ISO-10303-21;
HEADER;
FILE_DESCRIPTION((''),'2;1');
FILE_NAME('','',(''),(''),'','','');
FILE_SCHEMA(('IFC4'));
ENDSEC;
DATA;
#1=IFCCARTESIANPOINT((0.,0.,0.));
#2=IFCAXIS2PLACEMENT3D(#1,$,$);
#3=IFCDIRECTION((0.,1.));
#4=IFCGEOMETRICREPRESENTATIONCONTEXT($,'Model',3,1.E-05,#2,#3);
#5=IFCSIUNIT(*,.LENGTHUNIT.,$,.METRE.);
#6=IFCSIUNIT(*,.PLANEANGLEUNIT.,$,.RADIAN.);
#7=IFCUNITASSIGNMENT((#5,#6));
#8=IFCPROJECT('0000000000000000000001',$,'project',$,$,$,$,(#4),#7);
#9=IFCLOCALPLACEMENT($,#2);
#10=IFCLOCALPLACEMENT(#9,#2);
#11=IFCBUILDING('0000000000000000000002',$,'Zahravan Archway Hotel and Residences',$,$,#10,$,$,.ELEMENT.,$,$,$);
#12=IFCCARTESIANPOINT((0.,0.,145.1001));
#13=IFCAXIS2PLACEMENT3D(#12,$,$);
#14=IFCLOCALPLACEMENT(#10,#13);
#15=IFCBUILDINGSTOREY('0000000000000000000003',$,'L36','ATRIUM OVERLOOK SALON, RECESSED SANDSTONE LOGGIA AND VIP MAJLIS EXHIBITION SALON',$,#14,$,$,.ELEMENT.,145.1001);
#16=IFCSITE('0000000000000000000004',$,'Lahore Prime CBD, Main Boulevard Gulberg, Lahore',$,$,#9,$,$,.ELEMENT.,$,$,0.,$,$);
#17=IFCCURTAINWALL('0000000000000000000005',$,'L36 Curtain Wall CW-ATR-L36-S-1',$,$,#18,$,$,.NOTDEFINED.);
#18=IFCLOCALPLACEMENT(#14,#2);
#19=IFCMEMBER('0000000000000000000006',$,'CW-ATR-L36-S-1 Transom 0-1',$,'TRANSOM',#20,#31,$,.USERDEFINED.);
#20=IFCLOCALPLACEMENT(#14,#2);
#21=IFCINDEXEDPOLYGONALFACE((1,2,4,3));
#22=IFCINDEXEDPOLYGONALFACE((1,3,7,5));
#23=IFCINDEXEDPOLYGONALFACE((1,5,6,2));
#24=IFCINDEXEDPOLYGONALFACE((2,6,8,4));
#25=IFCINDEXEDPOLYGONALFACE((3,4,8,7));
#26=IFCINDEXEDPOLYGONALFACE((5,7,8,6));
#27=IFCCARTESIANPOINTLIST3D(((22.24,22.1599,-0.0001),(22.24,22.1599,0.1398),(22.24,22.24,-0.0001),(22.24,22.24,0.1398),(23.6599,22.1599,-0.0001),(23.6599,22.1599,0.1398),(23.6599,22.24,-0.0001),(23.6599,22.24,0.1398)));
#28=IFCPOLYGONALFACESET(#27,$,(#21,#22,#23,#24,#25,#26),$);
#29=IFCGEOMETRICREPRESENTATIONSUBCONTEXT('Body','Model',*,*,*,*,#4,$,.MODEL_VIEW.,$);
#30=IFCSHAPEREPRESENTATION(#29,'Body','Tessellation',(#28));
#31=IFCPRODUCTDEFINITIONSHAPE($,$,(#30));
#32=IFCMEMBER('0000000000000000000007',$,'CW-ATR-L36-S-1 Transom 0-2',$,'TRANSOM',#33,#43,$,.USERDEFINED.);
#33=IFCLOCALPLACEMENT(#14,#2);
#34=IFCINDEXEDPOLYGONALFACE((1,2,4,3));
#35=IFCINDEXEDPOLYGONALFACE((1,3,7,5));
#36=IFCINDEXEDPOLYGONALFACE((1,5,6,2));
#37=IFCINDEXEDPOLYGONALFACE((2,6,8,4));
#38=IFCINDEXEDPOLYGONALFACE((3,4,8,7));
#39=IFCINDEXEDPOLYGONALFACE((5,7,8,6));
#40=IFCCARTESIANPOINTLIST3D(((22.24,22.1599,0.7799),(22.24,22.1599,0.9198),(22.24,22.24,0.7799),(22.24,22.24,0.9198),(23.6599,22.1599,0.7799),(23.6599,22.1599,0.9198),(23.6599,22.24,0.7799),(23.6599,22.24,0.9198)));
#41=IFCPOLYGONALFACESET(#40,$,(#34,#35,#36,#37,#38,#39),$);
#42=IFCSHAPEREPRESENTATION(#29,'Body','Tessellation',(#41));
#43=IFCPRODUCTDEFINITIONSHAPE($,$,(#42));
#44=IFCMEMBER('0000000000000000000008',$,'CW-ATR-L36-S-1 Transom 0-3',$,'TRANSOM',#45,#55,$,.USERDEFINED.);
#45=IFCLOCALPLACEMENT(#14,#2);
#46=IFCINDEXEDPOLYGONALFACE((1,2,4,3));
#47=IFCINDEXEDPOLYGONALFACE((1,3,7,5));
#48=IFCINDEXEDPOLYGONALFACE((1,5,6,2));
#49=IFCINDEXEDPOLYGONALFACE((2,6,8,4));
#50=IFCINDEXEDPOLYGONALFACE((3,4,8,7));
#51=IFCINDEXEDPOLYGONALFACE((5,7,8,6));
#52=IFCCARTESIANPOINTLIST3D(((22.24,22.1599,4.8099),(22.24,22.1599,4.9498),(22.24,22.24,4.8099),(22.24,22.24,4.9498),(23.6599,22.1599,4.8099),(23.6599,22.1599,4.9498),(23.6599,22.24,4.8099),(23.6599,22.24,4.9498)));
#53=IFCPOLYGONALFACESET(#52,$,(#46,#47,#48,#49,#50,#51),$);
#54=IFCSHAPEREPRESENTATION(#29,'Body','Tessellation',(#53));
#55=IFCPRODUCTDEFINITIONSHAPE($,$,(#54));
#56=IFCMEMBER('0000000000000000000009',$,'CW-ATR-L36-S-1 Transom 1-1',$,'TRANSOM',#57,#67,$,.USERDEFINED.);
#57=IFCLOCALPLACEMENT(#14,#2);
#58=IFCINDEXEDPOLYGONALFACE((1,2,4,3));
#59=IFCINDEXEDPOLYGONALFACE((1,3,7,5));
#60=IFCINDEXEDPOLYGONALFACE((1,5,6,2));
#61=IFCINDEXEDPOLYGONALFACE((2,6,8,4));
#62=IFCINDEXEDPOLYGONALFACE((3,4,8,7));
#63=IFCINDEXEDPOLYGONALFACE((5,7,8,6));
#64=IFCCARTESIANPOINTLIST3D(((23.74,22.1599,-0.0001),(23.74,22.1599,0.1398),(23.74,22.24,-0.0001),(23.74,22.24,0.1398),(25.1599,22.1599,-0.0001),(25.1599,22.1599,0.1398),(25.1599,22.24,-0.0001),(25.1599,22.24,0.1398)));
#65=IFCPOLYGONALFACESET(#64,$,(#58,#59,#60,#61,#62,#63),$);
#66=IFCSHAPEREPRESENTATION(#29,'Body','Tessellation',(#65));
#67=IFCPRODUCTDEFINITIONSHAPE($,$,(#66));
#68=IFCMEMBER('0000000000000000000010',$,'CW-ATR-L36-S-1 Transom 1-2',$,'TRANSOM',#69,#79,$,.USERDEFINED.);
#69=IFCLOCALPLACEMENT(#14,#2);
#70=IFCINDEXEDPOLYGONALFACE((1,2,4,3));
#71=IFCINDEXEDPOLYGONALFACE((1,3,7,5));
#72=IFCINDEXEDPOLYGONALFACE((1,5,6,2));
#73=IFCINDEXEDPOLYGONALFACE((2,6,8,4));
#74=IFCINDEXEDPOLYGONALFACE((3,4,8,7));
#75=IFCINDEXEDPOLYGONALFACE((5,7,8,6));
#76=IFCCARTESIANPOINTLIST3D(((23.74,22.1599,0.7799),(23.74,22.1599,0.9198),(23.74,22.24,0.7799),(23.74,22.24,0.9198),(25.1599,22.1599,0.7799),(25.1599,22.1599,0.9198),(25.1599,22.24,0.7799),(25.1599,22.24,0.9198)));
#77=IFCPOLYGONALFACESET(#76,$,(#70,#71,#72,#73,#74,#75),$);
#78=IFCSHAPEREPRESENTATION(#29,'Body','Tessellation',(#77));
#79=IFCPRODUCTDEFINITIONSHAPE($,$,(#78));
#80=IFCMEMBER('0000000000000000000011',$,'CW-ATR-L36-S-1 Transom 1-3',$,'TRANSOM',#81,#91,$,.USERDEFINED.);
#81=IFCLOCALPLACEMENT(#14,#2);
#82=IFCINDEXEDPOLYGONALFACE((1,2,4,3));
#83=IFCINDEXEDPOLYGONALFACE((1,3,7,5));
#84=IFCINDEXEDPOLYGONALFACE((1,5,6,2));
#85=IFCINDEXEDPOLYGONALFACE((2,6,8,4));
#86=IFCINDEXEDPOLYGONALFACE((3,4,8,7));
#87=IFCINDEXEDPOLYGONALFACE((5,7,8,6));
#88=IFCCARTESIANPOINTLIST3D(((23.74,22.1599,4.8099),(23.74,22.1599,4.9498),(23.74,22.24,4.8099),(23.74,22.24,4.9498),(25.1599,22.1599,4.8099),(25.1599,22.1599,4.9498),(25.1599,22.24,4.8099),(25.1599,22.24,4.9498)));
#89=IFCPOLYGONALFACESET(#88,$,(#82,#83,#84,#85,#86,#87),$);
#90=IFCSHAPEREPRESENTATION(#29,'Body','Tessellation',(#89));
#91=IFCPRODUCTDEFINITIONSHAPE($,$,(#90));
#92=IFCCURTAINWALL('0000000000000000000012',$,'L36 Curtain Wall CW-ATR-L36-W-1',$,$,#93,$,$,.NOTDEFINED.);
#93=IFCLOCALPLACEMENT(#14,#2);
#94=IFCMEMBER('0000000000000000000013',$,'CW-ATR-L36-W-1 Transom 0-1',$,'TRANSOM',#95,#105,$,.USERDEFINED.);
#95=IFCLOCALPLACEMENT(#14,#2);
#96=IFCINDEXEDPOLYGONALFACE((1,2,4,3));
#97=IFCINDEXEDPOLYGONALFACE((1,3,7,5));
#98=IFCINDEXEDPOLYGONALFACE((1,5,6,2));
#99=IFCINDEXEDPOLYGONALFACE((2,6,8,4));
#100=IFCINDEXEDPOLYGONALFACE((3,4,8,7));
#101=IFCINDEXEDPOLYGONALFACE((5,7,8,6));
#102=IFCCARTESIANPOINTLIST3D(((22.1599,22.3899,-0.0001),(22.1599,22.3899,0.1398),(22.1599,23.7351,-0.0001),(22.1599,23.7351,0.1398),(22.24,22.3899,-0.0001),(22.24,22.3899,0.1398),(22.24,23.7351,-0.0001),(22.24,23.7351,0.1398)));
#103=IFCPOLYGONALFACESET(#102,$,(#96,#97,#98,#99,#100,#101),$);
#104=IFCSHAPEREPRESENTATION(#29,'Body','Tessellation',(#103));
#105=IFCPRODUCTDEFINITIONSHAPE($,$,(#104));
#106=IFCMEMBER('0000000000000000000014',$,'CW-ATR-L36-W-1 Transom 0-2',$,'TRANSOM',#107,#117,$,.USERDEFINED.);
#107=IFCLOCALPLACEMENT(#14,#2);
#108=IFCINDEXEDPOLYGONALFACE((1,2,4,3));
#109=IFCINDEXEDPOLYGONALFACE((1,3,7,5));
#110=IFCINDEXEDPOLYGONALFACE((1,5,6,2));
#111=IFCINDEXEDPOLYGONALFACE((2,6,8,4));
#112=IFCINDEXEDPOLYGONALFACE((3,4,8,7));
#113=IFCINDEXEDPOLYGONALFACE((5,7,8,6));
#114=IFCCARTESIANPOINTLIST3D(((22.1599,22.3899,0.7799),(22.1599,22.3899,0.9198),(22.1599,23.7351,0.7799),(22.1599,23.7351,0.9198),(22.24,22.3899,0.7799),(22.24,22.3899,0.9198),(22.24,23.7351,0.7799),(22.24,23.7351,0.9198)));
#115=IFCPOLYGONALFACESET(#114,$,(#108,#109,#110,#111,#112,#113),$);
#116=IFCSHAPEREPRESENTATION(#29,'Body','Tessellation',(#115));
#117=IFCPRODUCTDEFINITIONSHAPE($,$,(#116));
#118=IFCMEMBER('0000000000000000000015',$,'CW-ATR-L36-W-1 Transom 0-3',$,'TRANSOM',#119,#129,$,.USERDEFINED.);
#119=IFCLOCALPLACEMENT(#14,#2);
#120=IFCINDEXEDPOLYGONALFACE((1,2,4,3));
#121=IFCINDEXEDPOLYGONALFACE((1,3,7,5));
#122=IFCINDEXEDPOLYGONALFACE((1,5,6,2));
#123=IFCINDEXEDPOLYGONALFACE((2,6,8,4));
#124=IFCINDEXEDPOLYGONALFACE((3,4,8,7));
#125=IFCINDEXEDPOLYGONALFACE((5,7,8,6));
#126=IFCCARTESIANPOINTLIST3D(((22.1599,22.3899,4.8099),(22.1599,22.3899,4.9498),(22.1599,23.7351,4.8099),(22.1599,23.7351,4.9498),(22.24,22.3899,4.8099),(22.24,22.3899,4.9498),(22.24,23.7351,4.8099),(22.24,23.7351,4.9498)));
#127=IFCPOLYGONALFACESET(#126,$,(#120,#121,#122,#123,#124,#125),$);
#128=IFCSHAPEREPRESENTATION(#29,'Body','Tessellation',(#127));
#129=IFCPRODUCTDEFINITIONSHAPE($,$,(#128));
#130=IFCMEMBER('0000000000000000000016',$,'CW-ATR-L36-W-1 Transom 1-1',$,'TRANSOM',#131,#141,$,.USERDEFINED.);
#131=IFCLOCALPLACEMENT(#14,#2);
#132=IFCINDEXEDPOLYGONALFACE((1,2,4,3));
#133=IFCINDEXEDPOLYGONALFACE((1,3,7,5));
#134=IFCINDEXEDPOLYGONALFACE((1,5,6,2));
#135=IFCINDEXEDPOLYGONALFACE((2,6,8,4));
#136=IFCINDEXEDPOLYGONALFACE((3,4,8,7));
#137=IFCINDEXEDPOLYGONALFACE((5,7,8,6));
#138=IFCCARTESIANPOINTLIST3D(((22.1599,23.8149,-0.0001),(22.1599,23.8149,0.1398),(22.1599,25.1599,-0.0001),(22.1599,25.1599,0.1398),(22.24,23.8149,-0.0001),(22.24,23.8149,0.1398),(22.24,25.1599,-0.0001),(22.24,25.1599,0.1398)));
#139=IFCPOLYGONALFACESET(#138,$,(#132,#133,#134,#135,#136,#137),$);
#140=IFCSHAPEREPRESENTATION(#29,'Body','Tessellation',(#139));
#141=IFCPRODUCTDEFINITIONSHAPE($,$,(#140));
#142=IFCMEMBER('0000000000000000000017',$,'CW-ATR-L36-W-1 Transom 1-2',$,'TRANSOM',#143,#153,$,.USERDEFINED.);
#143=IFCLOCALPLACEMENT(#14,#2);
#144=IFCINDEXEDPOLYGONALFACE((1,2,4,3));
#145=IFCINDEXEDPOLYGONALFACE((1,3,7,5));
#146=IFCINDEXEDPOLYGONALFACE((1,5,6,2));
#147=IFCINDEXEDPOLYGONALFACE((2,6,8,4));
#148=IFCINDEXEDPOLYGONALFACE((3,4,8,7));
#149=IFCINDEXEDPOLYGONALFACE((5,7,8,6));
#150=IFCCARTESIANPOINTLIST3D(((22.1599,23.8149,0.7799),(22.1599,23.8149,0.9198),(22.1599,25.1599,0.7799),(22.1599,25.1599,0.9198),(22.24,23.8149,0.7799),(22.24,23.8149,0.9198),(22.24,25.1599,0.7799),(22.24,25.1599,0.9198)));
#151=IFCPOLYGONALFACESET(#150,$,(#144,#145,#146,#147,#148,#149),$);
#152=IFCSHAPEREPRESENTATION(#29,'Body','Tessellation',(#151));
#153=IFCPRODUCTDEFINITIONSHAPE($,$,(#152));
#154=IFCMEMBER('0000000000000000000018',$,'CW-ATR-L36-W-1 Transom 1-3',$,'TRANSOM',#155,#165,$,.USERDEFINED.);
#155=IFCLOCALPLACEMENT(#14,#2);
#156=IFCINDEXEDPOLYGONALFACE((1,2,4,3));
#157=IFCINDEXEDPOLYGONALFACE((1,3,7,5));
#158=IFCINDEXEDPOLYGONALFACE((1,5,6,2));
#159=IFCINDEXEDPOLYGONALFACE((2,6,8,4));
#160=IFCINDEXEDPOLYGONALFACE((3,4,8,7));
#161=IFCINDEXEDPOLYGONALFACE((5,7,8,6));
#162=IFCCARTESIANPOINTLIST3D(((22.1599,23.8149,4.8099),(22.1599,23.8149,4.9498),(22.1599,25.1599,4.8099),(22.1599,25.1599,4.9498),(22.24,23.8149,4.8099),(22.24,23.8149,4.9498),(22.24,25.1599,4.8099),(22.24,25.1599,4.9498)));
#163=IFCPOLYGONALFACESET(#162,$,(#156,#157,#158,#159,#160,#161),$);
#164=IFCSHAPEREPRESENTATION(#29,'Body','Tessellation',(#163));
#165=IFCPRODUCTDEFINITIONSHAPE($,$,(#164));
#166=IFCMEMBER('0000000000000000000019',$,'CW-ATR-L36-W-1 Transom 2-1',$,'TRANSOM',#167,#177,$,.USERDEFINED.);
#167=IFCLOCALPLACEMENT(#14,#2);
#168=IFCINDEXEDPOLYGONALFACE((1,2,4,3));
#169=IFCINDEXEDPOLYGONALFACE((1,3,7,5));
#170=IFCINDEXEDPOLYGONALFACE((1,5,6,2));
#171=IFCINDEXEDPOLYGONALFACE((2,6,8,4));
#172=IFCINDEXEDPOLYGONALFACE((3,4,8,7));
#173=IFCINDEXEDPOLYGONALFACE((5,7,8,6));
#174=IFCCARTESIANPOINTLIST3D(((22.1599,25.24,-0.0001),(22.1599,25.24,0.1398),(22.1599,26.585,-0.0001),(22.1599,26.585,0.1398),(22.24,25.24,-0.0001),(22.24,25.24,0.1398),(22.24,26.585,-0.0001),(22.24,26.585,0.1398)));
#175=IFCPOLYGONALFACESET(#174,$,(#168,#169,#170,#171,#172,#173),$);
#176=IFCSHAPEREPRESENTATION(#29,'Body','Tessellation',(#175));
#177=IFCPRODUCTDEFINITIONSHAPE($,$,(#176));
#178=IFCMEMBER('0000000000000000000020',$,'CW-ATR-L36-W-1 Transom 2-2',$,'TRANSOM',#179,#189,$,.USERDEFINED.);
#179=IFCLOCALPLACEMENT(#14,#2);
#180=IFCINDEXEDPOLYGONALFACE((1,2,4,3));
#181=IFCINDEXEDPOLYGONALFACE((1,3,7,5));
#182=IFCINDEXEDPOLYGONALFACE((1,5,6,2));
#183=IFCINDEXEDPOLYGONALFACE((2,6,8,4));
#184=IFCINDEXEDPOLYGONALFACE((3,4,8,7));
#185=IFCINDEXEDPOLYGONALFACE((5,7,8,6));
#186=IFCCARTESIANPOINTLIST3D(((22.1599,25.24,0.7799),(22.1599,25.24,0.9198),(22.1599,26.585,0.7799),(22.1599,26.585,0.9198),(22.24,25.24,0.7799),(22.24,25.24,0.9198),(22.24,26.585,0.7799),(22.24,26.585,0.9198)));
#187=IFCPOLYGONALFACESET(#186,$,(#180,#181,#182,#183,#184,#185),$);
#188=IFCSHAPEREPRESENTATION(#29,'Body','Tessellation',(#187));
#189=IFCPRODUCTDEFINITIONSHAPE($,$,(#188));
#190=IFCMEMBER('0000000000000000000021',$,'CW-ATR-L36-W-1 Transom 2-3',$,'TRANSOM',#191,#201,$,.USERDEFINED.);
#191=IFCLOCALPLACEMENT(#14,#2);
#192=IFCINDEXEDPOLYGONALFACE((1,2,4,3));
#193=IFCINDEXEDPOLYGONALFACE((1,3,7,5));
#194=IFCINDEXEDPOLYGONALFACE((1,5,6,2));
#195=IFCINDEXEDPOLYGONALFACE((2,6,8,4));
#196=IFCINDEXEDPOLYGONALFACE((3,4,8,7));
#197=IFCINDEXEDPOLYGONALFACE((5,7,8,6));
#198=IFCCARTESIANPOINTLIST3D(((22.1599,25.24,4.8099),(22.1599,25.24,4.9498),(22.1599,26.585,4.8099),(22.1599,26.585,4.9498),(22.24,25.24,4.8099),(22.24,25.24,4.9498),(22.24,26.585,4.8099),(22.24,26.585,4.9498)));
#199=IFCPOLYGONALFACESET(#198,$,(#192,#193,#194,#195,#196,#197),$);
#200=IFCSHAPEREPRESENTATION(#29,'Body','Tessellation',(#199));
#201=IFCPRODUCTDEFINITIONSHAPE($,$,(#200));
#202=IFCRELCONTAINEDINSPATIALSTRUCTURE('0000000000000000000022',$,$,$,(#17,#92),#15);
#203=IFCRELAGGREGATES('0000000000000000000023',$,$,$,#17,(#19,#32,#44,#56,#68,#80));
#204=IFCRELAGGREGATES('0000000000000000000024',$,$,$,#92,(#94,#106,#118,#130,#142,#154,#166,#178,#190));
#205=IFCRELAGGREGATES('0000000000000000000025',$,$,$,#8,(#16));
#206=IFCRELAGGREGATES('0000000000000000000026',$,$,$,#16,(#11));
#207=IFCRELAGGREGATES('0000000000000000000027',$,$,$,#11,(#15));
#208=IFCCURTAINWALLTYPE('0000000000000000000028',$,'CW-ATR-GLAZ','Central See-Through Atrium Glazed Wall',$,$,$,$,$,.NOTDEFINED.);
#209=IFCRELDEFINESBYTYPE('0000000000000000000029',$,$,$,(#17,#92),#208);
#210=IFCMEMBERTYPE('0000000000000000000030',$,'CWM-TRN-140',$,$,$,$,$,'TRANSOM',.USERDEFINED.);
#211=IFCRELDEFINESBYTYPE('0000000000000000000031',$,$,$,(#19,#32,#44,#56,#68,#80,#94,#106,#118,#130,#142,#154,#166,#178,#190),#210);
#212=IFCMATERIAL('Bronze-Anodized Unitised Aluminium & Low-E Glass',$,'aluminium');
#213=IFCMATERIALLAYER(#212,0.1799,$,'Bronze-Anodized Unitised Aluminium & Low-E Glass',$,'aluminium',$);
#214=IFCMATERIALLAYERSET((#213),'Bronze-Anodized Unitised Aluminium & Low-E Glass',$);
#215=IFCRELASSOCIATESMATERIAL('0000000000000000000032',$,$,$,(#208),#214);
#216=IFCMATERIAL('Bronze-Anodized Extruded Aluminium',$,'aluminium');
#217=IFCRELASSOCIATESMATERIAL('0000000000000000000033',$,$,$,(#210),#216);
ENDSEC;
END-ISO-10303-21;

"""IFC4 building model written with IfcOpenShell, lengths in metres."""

from ifc_helpers import new_model, si_unit, direction, frame, origin, origin_2d, place, context, subcontext, project, spatial, rectangle, extrude, source, transform, mapped, material, layer, layer_set, material_profile, profile_set, type_object, element, aggregate, save


model = new_model("IFC4")

# Units and contexts
model_context = context("Model", 3, precision=1e-05, world=origin(), true_north=direction((0.0, 1.0)))
body_context = subcontext(model_context, "Body", "Model", "MODEL_VIEW")
ifc_project = project(units=[si_unit("LENGTHUNIT", "METRE"), si_unit("PLANEANGLEUNIT", "RADIAN")], contexts=[model_context])

# Site, building, storey
site_placement = place(None, origin())
site = spatial("IfcSite", under=ifc_project, at=site_placement, Name="Lahore Prime CBD, Main Boulevard Gulberg, Lahore", CompositionType="ELEMENT", RefElevation=0.0)
building_placement = place(site_placement, origin())
building = spatial("IfcBuilding", under=site, at=building_placement, Name="Zahravan Archway Hotel and Residences", CompositionType="ELEMENT")
storey_placement = place(building_placement, frame((0.0, 0.0, 145.1001)))
storey = spatial("IfcBuildingStorey", under=building, at=storey_placement, Name="L36", Description="ATRIUM OVERLOOK SALON, RECESSED SANDSTONE LOGGIA AND VIP MAJLIS EXHIBITION SALON", CompositionType="ELEMENT", Elevation=145.1001)

# Curtain walls, members
ifc_material_1 = material(Name="Bronze-Anodized Unitised Aluminium & Low-E Glass", Category="aluminium")
ifc_layer_1 = layer(ifc_material_1, 0.1799, Name="Bronze-Anodized Unitised Aluminium & Low-E Glass", Category="aluminium")
ifc_layer_set_1 = layer_set([ifc_layer_1], Name="Bronze-Anodized Unitised Aluminium & Low-E Glass")
curtain_wall_type = type_object("IfcCurtainWallType", Name="CW-ATR-GLAZ", Description="Central See-Through Atrium Glazed Wall", PredefinedType="NOTDEFINED", material=ifc_layer_set_1)
curtain_wall_1_placement = place(storey_placement, origin())
curtain_wall_1 = element("IfcCurtainWall", 1, at=curtain_wall_1_placement, inside=storey, type_object=curtain_wall_type, Name="L36 Curtain Wall CW-ATR-L36-S-1", PredefinedType="NOTDEFINED")
ifc_material_2 = material(Name="Bronze-Anodized Extruded Aluminium", Category="aluminium")
ifc_material_profile_1 = material_profile(ifc_material_2, rectangle(XDim=0.0801, YDim=0.1399, at=origin_2d()), Name="TRN 80x140", Category="aluminium")
ifc_profile_set_1 = profile_set([ifc_material_profile_1], Name="Bronze-Anodized Extruded Aluminium")
member_type_1 = type_object("IfcMemberType", Name="CWM-TRN-140", ElementType="TRANSOM", PredefinedType="USERDEFINED", material=ifc_profile_set_1)
shared_shape_1 = source(origin(), body_context, "Body", "SweptSolid", [
    extrude(rectangle(XDim=0.0801, YDim=0.1399, at=origin_2d()), origin(), (0.0, 0.0, 1.0), 1.4199),
])
member_1_placement = place(storey_placement, frame((22.24, 22.2, 0.0698), z_axis=(1.0, 0.0, 0.0), x_axis=(0.0, 1.0, 0.0)))
member_1 = element("IfcMember", 2, at=member_1_placement, type_object=member_type_1, Name="CW-ATR-L36-S-1 Transom 0-1", ObjectType="TRANSOM", PredefinedType="USERDEFINED", context=body_context, shape_type="MappedRepresentation", body=[
    mapped(shared_shape_1, transform((0.0, 0.0, 0.0), scale=1.0)),
])
member_2_placement = place(storey_placement, frame((22.24, 22.2, 0.8499), z_axis=(1.0, 0.0, 0.0), x_axis=(0.0, 1.0, 0.0)))
member_2 = element("IfcMember", 3, at=member_2_placement, type_object=member_type_1, Name="CW-ATR-L36-S-1 Transom 0-2", ObjectType="TRANSOM", PredefinedType="USERDEFINED", context=body_context, shape_type="MappedRepresentation", body=[
    mapped(shared_shape_1, transform((0.0, 0.0, 0.0), scale=1.0)),
])
member_3_placement = place(storey_placement, frame((22.24, 22.2, 4.8799), z_axis=(1.0, 0.0, 0.0), x_axis=(0.0, 1.0, 0.0)))
member_3 = element("IfcMember", 4, at=member_3_placement, type_object=member_type_1, Name="CW-ATR-L36-S-1 Transom 0-3", ObjectType="TRANSOM", PredefinedType="USERDEFINED", context=body_context, shape_type="MappedRepresentation", body=[
    mapped(shared_shape_1, transform((0.0, 0.0, 0.0), scale=1.0)),
])
member_4_placement = place(storey_placement, frame((23.74, 22.2, 0.0698), z_axis=(1.0, 0.0, 0.0), x_axis=(0.0, 1.0, 0.0)))
member_4 = element("IfcMember", 5, at=member_4_placement, type_object=member_type_1, Name="CW-ATR-L36-S-1 Transom 1-1", ObjectType="TRANSOM", PredefinedType="USERDEFINED", context=body_context, shape_type="MappedRepresentation", body=[
    mapped(shared_shape_1, transform((0.0, 0.0, 0.0), scale=1.0)),
])
member_5_placement = place(storey_placement, frame((23.74, 22.2, 0.8499), z_axis=(1.0, 0.0, 0.0), x_axis=(0.0, 1.0, 0.0)))
member_5 = element("IfcMember", 6, at=member_5_placement, type_object=member_type_1, Name="CW-ATR-L36-S-1 Transom 1-2", ObjectType="TRANSOM", PredefinedType="USERDEFINED", context=body_context, shape_type="MappedRepresentation", body=[
    mapped(shared_shape_1, transform((0.0, 0.0, 0.0), scale=1.0)),
])
member_6_placement = place(storey_placement, frame((23.74, 22.2, 4.8799), z_axis=(1.0, 0.0, 0.0), x_axis=(0.0, 1.0, 0.0)))
member_6 = element("IfcMember", 7, at=member_6_placement, type_object=member_type_1, Name="CW-ATR-L36-S-1 Transom 1-3", ObjectType="TRANSOM", PredefinedType="USERDEFINED", context=body_context, shape_type="MappedRepresentation", body=[
    mapped(shared_shape_1, transform((0.0, 0.0, 0.0), scale=1.0)),
])
curtain_wall_2_placement = place(storey_placement, origin())
curtain_wall_2 = element("IfcCurtainWall", 8, at=curtain_wall_2_placement, inside=storey, type_object=curtain_wall_type, Name="L36 Curtain Wall CW-ATR-L36-W-1", PredefinedType="NOTDEFINED")
shared_shape_2 = source(origin(), body_context, "Body", "SweptSolid", [
    extrude(rectangle(XDim=0.0801, YDim=0.1399, at=origin_2d()), origin(), (0.0, 0.0, 1.0), 1.3452),
])
member_7_placement = place(storey_placement, frame((22.2, 22.3899, 0.0698), z_axis=(0.0, 1.0, 0.0), x_axis=(-1.0, 0.0, 0.0)))
member_7 = element("IfcMember", 9, at=member_7_placement, type_object=member_type_1, Name="CW-ATR-L36-W-1 Transom 0-1", ObjectType="TRANSOM", PredefinedType="USERDEFINED", context=body_context, shape_type="MappedRepresentation", body=[
    mapped(shared_shape_2, transform((0.0, 0.0, 0.0), scale=1.0)),
])
member_8_placement = place(storey_placement, frame((22.2, 22.3899, 0.8499), z_axis=(0.0, 1.0, 0.0), x_axis=(-1.0, 0.0, 0.0)))
member_8 = element("IfcMember", 10, at=member_8_placement, type_object=member_type_1, Name="CW-ATR-L36-W-1 Transom 0-2", ObjectType="TRANSOM", PredefinedType="USERDEFINED", context=body_context, shape_type="MappedRepresentation", body=[
    mapped(shared_shape_2, transform((0.0, 0.0, 0.0), scale=1.0)),
])
member_9_placement = place(storey_placement, frame((22.2, 22.3899, 4.8799), z_axis=(0.0, 1.0, 0.0), x_axis=(-1.0, 0.0, 0.0)))
member_9 = element("IfcMember", 11, at=member_9_placement, type_object=member_type_1, Name="CW-ATR-L36-W-1 Transom 0-3", ObjectType="TRANSOM", PredefinedType="USERDEFINED", context=body_context, shape_type="MappedRepresentation", body=[
    mapped(shared_shape_2, transform((0.0, 0.0, 0.0), scale=1.0)),
])
shared_shape_3 = source(origin(), body_context, "Body", "SweptSolid", [
    extrude(rectangle(XDim=0.0801, YDim=0.1399, at=origin_2d()), origin(), (0.0, 0.0, 1.0), 1.345),
])
member_10_placement = place(storey_placement, frame((22.2, 23.8149, 0.0698), z_axis=(0.0, 1.0, 0.0), x_axis=(-1.0, 0.0, 0.0)))
member_10 = element("IfcMember", 12, at=member_10_placement, type_object=member_type_1, Name="CW-ATR-L36-W-1 Transom 1-1", ObjectType="TRANSOM", PredefinedType="USERDEFINED", context=body_context, shape_type="MappedRepresentation", body=[
    mapped(shared_shape_3, transform((0.0, 0.0, 0.0), scale=1.0)),
])
member_11_placement = place(storey_placement, frame((22.2, 23.8149, 0.8499), z_axis=(0.0, 1.0, 0.0), x_axis=(-1.0, 0.0, 0.0)))
member_11 = element("IfcMember", 13, at=member_11_placement, type_object=member_type_1, Name="CW-ATR-L36-W-1 Transom 1-2", ObjectType="TRANSOM", PredefinedType="USERDEFINED", context=body_context, shape_type="MappedRepresentation", body=[
    mapped(shared_shape_3, transform((0.0, 0.0, 0.0), scale=1.0)),
])
member_12_placement = place(storey_placement, frame((22.2, 23.8149, 4.8799), z_axis=(0.0, 1.0, 0.0), x_axis=(-1.0, 0.0, 0.0)))
member_12 = element("IfcMember", 14, at=member_12_placement, type_object=member_type_1, Name="CW-ATR-L36-W-1 Transom 1-3", ObjectType="TRANSOM", PredefinedType="USERDEFINED", context=body_context, shape_type="MappedRepresentation", body=[
    mapped(shared_shape_3, transform((0.0, 0.0, 0.0), scale=1.0)),
])
member_13_placement = place(storey_placement, frame((22.2, 25.24, 0.0698), z_axis=(0.0, 1.0, 0.0), x_axis=(-1.0, 0.0, 0.0)))
member_13 = element("IfcMember", 15, at=member_13_placement, type_object=member_type_1, Name="CW-ATR-L36-W-1 Transom 2-1", ObjectType="TRANSOM", PredefinedType="USERDEFINED", context=body_context, shape_type="MappedRepresentation", body=[
    mapped(shared_shape_3, transform((0.0, 0.0, 0.0), scale=1.0)),
])
member_14_placement = place(storey_placement, frame((22.2, 25.24, 0.8499), z_axis=(0.0, 1.0, 0.0), x_axis=(-1.0, 0.0, 0.0)))
member_14 = element("IfcMember", 16, at=member_14_placement, type_object=member_type_1, Name="CW-ATR-L36-W-1 Transom 2-2", ObjectType="TRANSOM", PredefinedType="USERDEFINED", context=body_context, shape_type="MappedRepresentation", body=[
    mapped(shared_shape_3, transform((0.0, 0.0, 0.0), scale=1.0)),
])
member_15_placement = place(storey_placement, frame((22.2, 25.24, 4.8799), z_axis=(0.0, 1.0, 0.0), x_axis=(-1.0, 0.0, 0.0)))
member_15 = element("IfcMember", 17, at=member_15_placement, type_object=member_type_1, Name="CW-ATR-L36-W-1 Transom 2-3", ObjectType="TRANSOM", PredefinedType="USERDEFINED", context=body_context, shape_type="MappedRepresentation", body=[
    mapped(shared_shape_3, transform((0.0, 0.0, 0.0), scale=1.0)),
])

aggregate(curtain_wall_1, [member_1, member_2, member_3, member_4, member_5, member_6])
aggregate(curtain_wall_2, [member_7, member_8, member_9, member_10, member_11, member_12, member_13, member_14, member_15])

save(model, "model.ifc")
